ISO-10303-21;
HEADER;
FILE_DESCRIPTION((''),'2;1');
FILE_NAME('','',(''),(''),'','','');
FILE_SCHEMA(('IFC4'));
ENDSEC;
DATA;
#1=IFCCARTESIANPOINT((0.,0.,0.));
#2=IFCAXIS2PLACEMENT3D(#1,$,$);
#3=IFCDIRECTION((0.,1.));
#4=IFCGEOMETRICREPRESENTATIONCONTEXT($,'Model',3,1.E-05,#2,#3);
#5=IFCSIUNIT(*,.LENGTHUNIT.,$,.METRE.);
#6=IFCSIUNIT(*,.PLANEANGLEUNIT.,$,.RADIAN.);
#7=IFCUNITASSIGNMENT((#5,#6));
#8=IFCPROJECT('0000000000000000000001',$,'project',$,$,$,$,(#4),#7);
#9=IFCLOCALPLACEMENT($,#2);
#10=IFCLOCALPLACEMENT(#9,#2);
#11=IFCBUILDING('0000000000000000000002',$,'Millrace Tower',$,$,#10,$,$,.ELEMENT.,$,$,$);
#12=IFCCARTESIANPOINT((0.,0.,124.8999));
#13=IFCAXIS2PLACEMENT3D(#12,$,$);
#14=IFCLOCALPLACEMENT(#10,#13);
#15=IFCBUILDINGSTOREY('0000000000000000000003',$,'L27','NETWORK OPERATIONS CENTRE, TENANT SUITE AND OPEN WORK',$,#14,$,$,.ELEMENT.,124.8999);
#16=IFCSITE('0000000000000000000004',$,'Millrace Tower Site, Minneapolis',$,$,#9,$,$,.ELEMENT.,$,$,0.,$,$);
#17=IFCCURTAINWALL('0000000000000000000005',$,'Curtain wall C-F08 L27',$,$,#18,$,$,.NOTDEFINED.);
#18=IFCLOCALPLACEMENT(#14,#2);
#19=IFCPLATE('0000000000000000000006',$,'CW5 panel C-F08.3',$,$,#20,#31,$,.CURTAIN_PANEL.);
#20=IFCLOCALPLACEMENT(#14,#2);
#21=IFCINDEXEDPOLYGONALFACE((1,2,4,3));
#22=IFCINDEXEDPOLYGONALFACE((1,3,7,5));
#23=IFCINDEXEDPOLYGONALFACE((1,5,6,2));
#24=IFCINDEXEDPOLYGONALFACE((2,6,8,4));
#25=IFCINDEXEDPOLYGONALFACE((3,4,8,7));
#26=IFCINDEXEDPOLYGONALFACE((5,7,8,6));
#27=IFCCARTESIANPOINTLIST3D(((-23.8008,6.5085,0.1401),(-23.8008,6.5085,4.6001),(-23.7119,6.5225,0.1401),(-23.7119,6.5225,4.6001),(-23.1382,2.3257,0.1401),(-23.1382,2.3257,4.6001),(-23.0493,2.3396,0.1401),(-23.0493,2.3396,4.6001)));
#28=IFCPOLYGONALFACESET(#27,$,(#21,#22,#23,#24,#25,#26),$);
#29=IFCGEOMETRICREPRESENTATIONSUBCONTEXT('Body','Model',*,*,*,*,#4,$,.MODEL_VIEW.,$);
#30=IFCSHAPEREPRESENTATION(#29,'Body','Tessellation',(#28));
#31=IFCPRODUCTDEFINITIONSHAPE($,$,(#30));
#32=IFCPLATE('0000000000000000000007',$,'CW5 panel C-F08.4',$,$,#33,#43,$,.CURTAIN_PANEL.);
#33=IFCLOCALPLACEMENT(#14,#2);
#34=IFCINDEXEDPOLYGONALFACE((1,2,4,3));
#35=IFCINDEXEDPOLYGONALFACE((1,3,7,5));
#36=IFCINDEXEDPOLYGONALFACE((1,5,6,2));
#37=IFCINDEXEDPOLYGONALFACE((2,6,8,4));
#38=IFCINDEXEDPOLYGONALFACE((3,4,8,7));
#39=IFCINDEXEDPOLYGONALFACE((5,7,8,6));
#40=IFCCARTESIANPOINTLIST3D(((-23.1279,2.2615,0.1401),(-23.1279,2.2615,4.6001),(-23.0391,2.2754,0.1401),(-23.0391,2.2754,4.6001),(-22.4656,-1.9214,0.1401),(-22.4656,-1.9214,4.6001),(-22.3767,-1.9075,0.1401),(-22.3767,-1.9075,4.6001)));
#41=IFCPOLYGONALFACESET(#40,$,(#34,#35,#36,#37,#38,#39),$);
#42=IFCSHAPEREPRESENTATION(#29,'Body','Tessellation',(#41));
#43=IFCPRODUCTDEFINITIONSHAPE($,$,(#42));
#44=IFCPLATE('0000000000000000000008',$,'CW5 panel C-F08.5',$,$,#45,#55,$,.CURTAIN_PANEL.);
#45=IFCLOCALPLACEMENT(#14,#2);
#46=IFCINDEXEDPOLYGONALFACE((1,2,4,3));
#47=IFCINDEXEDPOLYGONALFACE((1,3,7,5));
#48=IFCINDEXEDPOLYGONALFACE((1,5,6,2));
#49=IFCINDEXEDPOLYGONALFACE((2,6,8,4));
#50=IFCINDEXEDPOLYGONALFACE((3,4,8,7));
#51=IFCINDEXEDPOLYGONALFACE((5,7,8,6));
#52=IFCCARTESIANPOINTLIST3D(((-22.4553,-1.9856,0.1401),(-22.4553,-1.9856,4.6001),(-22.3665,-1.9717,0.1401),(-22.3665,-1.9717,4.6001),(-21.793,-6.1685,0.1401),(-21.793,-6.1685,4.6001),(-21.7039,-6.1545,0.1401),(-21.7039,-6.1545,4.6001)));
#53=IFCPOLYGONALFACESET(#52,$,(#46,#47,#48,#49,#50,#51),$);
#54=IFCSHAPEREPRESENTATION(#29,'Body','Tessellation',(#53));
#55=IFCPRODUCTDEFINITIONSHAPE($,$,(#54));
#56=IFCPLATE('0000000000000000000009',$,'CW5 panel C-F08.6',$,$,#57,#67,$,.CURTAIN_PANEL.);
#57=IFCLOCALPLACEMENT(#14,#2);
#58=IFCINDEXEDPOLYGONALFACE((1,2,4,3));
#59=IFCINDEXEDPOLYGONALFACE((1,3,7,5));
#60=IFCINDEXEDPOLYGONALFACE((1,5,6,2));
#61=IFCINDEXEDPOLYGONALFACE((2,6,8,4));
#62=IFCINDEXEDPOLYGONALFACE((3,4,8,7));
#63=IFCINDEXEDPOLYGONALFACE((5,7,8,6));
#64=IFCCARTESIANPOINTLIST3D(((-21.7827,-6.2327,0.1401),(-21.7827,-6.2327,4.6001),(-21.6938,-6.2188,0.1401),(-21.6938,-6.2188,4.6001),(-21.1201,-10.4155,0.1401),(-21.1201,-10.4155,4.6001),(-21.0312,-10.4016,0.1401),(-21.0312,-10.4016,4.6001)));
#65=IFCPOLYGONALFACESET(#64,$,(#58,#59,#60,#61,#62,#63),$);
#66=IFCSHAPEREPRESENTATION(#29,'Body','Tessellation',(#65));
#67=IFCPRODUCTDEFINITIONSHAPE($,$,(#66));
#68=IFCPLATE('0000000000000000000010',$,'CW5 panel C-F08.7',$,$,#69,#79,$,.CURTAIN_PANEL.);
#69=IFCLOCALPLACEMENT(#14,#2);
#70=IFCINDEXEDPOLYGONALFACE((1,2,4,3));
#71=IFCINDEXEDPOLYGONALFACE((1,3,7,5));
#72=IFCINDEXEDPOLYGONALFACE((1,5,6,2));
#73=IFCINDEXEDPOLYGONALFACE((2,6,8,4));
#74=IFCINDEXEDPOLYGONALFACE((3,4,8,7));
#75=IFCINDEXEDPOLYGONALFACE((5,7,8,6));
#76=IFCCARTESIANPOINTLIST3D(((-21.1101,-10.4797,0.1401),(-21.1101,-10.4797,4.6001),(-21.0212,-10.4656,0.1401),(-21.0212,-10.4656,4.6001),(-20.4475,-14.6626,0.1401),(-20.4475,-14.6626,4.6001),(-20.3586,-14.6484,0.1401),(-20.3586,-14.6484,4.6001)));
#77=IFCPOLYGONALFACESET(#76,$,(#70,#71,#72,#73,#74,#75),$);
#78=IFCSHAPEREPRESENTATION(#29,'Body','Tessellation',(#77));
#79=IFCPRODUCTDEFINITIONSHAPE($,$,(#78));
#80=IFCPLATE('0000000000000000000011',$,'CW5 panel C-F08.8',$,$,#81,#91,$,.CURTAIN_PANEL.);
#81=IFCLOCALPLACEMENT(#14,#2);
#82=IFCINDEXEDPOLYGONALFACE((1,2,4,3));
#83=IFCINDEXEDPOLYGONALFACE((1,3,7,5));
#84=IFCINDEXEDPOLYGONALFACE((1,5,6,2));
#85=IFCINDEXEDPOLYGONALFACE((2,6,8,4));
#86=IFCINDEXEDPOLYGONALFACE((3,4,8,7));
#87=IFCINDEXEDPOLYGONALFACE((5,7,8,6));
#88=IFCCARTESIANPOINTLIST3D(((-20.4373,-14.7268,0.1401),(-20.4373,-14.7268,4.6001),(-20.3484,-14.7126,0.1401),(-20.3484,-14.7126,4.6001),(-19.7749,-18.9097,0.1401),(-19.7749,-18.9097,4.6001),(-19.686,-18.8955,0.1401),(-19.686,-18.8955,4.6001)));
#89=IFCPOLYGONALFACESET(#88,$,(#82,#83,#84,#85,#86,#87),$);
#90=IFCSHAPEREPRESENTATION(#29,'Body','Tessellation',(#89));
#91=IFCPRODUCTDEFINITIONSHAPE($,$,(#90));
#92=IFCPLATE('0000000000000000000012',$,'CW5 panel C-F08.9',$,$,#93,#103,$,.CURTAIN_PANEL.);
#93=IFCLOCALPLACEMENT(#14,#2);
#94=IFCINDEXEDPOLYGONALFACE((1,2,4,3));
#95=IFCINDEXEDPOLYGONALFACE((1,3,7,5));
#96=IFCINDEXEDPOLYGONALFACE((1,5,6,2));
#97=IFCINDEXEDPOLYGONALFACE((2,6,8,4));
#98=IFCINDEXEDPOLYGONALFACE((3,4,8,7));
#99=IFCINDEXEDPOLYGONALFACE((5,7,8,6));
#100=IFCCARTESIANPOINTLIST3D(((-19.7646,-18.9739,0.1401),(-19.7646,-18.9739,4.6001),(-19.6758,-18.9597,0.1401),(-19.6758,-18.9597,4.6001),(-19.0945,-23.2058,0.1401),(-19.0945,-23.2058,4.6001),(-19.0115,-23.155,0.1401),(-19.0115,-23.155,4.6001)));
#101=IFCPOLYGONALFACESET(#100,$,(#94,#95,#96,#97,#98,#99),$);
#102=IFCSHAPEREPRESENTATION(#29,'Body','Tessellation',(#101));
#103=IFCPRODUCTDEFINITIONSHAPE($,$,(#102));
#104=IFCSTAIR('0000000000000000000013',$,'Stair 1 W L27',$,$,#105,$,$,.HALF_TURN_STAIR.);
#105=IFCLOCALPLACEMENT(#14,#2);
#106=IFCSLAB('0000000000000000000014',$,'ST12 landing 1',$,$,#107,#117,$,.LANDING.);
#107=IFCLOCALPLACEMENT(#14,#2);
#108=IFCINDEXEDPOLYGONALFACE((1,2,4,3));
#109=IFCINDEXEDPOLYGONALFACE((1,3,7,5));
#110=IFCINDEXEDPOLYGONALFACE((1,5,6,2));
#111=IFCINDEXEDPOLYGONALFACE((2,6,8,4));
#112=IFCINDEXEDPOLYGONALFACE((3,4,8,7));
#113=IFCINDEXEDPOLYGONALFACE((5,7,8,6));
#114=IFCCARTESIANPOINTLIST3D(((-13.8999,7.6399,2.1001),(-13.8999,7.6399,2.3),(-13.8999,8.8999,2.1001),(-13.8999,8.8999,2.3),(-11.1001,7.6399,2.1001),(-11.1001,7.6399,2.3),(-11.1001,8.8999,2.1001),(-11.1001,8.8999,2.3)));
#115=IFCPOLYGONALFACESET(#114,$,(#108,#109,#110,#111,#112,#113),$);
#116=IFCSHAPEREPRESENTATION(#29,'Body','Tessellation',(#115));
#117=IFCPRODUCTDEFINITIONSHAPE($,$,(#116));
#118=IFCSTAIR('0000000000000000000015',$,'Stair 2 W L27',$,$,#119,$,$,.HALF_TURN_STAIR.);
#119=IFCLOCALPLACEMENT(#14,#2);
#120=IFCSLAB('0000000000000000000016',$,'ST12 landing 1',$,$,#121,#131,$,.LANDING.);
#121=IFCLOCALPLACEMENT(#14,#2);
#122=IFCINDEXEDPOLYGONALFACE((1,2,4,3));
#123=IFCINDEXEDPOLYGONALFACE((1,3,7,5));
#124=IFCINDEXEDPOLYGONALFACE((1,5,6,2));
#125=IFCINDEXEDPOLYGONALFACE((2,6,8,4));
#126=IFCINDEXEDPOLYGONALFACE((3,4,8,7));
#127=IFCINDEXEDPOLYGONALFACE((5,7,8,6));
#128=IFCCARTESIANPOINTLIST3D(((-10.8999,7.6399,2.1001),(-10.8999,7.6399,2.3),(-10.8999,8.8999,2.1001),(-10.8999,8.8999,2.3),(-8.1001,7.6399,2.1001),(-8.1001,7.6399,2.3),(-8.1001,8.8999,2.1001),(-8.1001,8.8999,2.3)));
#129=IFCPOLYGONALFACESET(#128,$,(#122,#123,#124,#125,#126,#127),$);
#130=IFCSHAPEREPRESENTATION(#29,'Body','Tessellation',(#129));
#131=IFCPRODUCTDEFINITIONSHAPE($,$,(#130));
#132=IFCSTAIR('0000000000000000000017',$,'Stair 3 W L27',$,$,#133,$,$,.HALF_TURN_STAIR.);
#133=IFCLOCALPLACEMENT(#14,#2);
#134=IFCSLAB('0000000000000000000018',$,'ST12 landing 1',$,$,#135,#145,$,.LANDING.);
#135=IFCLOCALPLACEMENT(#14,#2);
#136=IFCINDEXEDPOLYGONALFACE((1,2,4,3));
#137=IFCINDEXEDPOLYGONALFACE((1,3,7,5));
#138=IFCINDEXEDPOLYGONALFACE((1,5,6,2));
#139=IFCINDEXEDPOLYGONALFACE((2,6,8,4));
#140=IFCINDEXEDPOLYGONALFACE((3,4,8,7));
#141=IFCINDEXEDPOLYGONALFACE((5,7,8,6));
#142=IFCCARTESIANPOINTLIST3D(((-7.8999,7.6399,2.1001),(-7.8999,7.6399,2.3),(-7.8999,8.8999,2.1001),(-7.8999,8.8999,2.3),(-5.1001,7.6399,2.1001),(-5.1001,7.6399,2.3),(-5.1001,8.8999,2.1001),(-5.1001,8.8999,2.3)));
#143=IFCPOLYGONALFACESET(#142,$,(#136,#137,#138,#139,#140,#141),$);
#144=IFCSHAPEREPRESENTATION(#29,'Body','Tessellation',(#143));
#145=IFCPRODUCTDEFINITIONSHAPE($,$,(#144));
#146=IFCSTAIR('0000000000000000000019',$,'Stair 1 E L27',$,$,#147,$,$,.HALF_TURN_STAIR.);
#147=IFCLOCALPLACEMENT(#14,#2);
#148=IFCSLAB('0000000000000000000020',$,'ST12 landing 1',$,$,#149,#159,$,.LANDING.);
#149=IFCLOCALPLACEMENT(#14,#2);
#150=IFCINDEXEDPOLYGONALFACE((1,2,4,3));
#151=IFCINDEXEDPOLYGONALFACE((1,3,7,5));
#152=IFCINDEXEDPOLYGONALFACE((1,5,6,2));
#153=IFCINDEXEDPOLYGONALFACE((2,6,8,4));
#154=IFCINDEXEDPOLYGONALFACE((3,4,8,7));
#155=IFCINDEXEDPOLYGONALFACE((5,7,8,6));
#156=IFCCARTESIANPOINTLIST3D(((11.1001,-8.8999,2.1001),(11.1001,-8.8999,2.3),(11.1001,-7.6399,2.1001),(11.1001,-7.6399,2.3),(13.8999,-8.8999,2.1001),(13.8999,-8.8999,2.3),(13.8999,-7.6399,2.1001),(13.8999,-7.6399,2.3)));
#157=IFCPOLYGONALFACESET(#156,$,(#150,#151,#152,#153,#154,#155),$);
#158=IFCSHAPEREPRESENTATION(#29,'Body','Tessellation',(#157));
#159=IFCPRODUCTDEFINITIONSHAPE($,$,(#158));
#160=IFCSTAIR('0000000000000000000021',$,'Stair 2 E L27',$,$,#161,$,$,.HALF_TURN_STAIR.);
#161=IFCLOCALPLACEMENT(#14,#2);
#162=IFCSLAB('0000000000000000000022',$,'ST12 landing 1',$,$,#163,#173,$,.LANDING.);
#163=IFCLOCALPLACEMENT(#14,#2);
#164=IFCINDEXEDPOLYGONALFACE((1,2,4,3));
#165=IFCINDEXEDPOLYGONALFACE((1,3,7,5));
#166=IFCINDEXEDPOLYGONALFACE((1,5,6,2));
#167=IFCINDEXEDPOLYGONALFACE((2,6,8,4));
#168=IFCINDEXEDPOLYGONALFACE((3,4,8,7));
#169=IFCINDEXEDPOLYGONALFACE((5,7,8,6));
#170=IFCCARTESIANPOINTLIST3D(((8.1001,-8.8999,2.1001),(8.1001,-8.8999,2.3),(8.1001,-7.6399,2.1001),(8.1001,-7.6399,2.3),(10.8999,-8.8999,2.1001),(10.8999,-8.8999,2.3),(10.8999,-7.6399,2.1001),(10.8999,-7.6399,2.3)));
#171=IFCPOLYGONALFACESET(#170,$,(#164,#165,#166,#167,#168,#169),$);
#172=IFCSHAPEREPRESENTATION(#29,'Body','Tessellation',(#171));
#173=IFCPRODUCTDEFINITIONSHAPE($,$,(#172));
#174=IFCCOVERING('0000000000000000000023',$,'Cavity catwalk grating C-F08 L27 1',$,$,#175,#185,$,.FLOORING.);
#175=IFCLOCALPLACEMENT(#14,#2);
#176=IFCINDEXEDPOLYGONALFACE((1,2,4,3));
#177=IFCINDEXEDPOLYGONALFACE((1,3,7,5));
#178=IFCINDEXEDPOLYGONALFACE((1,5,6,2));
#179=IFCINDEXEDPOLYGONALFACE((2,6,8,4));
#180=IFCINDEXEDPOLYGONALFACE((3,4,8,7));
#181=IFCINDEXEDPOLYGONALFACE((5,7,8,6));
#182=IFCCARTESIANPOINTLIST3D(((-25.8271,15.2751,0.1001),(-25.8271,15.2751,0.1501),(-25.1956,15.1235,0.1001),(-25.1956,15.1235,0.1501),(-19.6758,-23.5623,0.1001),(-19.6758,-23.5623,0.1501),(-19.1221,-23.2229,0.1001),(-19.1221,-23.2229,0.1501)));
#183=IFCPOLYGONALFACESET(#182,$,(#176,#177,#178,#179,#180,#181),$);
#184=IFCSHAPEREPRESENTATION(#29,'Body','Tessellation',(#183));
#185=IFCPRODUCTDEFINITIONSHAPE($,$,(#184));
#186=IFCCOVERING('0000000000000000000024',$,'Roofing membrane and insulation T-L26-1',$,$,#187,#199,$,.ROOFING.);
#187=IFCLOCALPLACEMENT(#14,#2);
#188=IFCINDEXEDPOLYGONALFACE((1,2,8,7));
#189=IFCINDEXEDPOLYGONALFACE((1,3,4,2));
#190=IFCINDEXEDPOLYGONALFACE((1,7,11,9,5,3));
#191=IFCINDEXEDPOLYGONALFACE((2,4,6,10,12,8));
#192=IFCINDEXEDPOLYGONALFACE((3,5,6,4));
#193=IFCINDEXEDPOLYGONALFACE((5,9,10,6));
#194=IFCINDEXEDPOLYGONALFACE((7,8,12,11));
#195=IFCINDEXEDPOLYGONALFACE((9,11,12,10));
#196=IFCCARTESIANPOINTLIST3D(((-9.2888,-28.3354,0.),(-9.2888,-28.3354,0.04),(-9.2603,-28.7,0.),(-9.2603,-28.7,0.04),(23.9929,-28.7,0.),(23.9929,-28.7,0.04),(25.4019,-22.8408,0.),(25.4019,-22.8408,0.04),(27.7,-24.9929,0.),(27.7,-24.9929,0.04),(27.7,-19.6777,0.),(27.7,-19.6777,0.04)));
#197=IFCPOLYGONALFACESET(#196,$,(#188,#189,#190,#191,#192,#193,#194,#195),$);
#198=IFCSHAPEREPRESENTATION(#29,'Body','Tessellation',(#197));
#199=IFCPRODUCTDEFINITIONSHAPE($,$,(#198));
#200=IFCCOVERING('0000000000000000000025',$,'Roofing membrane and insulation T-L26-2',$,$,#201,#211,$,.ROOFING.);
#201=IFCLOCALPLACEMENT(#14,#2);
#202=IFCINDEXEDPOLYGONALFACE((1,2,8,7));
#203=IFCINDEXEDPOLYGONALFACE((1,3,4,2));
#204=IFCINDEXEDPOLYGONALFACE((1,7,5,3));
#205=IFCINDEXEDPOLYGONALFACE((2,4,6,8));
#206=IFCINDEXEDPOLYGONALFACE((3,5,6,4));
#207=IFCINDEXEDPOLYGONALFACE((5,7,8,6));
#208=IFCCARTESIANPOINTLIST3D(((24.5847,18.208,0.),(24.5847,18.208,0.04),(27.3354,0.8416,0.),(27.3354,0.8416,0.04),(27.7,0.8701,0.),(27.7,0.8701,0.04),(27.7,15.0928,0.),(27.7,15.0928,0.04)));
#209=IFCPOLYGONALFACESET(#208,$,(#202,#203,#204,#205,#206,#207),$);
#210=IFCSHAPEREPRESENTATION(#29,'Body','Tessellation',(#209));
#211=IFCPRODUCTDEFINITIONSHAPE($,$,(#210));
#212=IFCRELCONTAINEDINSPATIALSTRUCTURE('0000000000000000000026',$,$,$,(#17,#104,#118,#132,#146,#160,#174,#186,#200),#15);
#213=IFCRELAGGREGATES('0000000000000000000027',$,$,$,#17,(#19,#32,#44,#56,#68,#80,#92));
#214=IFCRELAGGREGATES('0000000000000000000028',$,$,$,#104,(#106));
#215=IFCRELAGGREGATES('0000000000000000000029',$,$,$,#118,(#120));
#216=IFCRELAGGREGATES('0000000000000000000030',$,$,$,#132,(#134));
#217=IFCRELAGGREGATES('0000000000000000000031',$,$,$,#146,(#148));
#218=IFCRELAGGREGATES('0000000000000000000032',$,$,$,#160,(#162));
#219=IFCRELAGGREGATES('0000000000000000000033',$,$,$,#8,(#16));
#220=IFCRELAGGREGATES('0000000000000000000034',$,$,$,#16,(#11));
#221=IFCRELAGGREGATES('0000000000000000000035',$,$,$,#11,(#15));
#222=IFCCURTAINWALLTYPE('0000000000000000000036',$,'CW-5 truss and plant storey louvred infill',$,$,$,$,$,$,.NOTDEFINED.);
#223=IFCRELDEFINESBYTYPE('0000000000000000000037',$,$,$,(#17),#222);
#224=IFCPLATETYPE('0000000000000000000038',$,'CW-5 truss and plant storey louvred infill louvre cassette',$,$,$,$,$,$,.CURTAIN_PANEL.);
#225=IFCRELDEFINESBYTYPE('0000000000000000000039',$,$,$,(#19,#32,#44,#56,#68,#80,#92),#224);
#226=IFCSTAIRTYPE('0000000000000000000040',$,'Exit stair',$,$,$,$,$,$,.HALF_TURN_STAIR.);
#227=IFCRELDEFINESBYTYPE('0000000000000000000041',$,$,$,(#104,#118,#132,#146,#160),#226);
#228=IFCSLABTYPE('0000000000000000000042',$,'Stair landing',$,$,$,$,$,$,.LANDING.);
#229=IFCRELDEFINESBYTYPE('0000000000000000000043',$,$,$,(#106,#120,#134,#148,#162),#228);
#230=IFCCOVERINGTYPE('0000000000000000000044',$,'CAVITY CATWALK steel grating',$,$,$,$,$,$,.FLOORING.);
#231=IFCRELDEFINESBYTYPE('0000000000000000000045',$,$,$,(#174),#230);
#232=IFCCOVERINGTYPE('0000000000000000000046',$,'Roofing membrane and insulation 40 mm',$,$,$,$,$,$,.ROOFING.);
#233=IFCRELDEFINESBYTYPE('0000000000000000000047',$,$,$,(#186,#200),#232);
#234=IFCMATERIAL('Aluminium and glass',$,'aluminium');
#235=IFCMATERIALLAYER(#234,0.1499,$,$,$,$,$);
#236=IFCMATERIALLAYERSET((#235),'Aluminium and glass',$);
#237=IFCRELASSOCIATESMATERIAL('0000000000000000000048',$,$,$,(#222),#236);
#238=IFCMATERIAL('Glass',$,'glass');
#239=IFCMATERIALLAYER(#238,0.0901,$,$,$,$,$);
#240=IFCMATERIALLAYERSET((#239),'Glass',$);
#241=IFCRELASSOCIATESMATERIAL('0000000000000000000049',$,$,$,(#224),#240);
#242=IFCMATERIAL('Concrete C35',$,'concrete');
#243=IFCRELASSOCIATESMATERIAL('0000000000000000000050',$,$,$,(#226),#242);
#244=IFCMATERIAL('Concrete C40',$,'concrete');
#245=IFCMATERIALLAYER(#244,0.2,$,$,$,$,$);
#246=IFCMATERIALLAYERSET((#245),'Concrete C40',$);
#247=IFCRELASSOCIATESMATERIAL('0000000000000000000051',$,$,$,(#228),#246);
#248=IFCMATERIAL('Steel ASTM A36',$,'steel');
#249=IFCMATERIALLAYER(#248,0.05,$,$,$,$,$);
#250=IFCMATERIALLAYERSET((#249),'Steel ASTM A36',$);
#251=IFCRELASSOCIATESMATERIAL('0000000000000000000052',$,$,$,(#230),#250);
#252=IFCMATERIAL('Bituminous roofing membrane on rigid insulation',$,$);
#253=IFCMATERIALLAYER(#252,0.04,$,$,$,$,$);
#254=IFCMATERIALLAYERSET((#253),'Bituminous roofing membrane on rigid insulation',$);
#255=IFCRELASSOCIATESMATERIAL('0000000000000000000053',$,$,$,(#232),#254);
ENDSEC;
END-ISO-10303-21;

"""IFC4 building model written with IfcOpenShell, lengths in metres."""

from ifc_helpers import new_model, si_unit, direction, frame, origin, place, context, subcontext, project, spatial, polyline, outline, extrude, material, layer, layer_set, type_object, element, aggregate, save


model = new_model("IFC4")

# Units and contexts
model_context = context("Model", 3, precision=1e-05, world=origin(), true_north=direction((0.0, 1.0)))
body_context = subcontext(model_context, "Body", "Model", "MODEL_VIEW")
ifc_project = project(units=[si_unit("LENGTHUNIT", "METRE"), si_unit("PLANEANGLEUNIT", "RADIAN")], contexts=[model_context])

# Site, building, storey
site_placement = place(None, origin())
site = spatial("IfcSite", under=ifc_project, at=site_placement, Name="Millrace Tower Site, Minneapolis", CompositionType="ELEMENT", RefElevation=0.0)
building_placement = place(site_placement, origin())
building = spatial("IfcBuilding", under=site, at=building_placement, Name="Millrace Tower", CompositionType="ELEMENT")
storey_placement = place(building_placement, frame((0.0, 0.0, 124.8999)))
storey = spatial("IfcBuildingStorey", under=building, at=storey_placement, Name="L27", Description="NETWORK OPERATIONS CENTRE, TENANT SUITE AND OPEN WORK", CompositionType="ELEMENT", Elevation=124.8999)

# Curtain wall, plates
ifc_material_1 = material(Name="Aluminium and glass", Category="aluminium")
ifc_layer_1 = layer(ifc_material_1, 0.1499)
ifc_layer_set_1 = layer_set([ifc_layer_1], Name="Aluminium and glass")
curtain_wall_type = type_object("IfcCurtainWallType", Name="CW-5 truss and plant storey louvred infill", PredefinedType="NOTDEFINED", material=ifc_layer_set_1)
placement_1 = place(storey_placement, origin())
curtain_wall = element("IfcCurtainWall", 1, at=placement_1, inside=storey, type_object=curtain_wall_type, Name="Curtain wall C-F08 L27", PredefinedType="NOTDEFINED")
ifc_material_2 = material(Name="Glass", Category="glass")
ifc_layer_2 = layer(ifc_material_2, 0.0901)
ifc_layer_set_2 = layer_set([ifc_layer_2], Name="Glass")
plate_type = type_object("IfcPlateType", Name="CW-5 truss and plant storey louvred infill louvre cassette", PredefinedType="CURTAIN_PANEL", material=ifc_layer_set_2)
placement_2 = place(storey_placement, frame((0.0, 0.0, 0.1401)))
plate_1 = element("IfcPlate", 2, at=placement_2, type_object=plate_type, Name="CW5 panel C-F08.3", PredefinedType="CURTAIN_PANEL", context=body_context, shape_type="SweptSolid", body=[
    extrude(outline(polyline([(-23.8008, 6.5085), (-23.1382, 2.3257), (-23.0493, 2.3396), (-23.7119, 6.5225), (-23.8008, 6.5085)])), origin(), (0.0, 0.0, 1.0), 4.46),
])
plate_2 = element("IfcPlate", 3, at=placement_2, type_object=plate_type, Name="CW5 panel C-F08.4", PredefinedType="CURTAIN_PANEL", context=body_context, shape_type="SweptSolid", body=[
    extrude(outline(polyline([(-23.1279, 2.2615), (-22.4656, -1.9214), (-22.3767, -1.9075), (-23.0391, 2.2754), (-23.1279, 2.2615)])), origin(), (0.0, 0.0, 1.0), 4.46),
])
plate_3 = element("IfcPlate", 4, at=placement_2, type_object=plate_type, Name="CW5 panel C-F08.5", PredefinedType="CURTAIN_PANEL", context=body_context, shape_type="SweptSolid", body=[
    extrude(outline(polyline([(-22.4553, -1.9856), (-21.793, -6.1685), (-21.7039, -6.1545), (-22.3665, -1.9717), (-22.4553, -1.9856)])), origin(), (0.0, 0.0, 1.0), 4.46),
])
plate_4 = element("IfcPlate", 5, at=placement_2, type_object=plate_type, Name="CW5 panel C-F08.6", PredefinedType="CURTAIN_PANEL", context=body_context, shape_type="SweptSolid", body=[
    extrude(outline(polyline([(-21.7827, -6.2327), (-21.1201, -10.4155), (-21.0312, -10.4016), (-21.6938, -6.2188), (-21.7827, -6.2327)])), origin(), (0.0, 0.0, 1.0), 4.46),
])
plate_5 = element("IfcPlate", 6, at=placement_2, type_object=plate_type, Name="CW5 panel C-F08.7", PredefinedType="CURTAIN_PANEL", context=body_context, shape_type="SweptSolid", body=[
    extrude(outline(polyline([(-21.1101, -10.4797), (-20.4475, -14.6626), (-20.3586, -14.6484), (-21.0212, -10.4656), (-21.1101, -10.4797)])), origin(), (0.0, 0.0, 1.0), 4.46),
])
plate_6 = element("IfcPlate", 7, at=placement_2, type_object=plate_type, Name="CW5 panel C-F08.8", PredefinedType="CURTAIN_PANEL", context=body_context, shape_type="SweptSolid", body=[
    extrude(outline(polyline([(-20.4373, -14.7268), (-19.7749, -18.9097), (-19.686, -18.8955), (-20.3484, -14.7126), (-20.4373, -14.7268)])), origin(), (0.0, 0.0, 1.0), 4.46),
])
plate_7 = element("IfcPlate", 8, at=placement_2, type_object=plate_type, Name="CW5 panel C-F08.9", PredefinedType="CURTAIN_PANEL", context=body_context, shape_type="SweptSolid", body=[
    extrude(outline(polyline([(-19.7646, -18.9739), (-19.0945, -23.2058), (-19.0115, -23.155), (-19.6758, -18.9597), (-19.7646, -18.9739)])), origin(), (0.0, 0.0, 1.0), 4.46),
])
aggregate(curtain_wall, [plate_1, plate_2, plate_3, plate_4, plate_5, plate_6, plate_7])

# Stairs, slabs
ifc_material_3 = material(Name="Concrete C35", Category="concrete")
stair_type = type_object("IfcStairType", Name="Exit stair", PredefinedType="HALF_TURN_STAIR", material=ifc_material_3)
stair_1 = element("IfcStair", 9, at=placement_1, inside=storey, type_object=stair_type, Name="Stair 1 W L27", PredefinedType="HALF_TURN_STAIR")
ifc_material_4 = material(Name="Concrete C40", Category="concrete")
ifc_layer_3 = layer(ifc_material_4, 0.2)
ifc_layer_set_3 = layer_set([ifc_layer_3], Name="Concrete C40")
slab_type = type_object("IfcSlabType", Name="Stair landing", PredefinedType="LANDING", material=ifc_layer_set_3)
placement_3 = place(storey_placement, frame((0.0, 0.0, 2.1001)))
slab_1 = element("IfcSlab", 10, at=placement_3, type_object=slab_type, Name="ST12 landing 1", PredefinedType="LANDING", context=body_context, shape_type="SweptSolid", body=[
    extrude(outline(polyline([(-13.8999, 7.6399), (-11.1001, 7.6399), (-11.1001, 8.8999), (-13.8999, 8.8999), (-13.8999, 7.6399)])), origin(), (0.0, 0.0, 1.0), 0.2),
])
aggregate(stair_1, [slab_1])
stair_2 = element("IfcStair", 11, at=placement_1, inside=storey, type_object=stair_type, Name="Stair 2 W L27", PredefinedType="HALF_TURN_STAIR")
slab_2 = element("IfcSlab", 12, at=placement_3, type_object=slab_type, Name="ST12 landing 1", PredefinedType="LANDING", context=body_context, shape_type="SweptSolid", body=[
    extrude(outline(polyline([(-10.8999, 7.6399), (-8.1001, 7.6399), (-8.1001, 8.8999), (-10.8999, 8.8999), (-10.8999, 7.6399)])), origin(), (0.0, 0.0, 1.0), 0.2),
])
aggregate(stair_2, [slab_2])
stair_3 = element("IfcStair", 13, at=placement_1, inside=storey, type_object=stair_type, Name="Stair 3 W L27", PredefinedType="HALF_TURN_STAIR")
slab_3 = element("IfcSlab", 14, at=placement_3, type_object=slab_type, Name="ST12 landing 1", PredefinedType="LANDING", context=body_context, shape_type="SweptSolid", body=[
    extrude(outline(polyline([(-7.8999, 7.6399), (-5.1001, 7.6399), (-5.1001, 8.8999), (-7.8999, 8.8999), (-7.8999, 7.6399)])), origin(), (0.0, 0.0, 1.0), 0.2),
])
aggregate(stair_3, [slab_3])
stair_4 = element("IfcStair", 15, at=placement_1, inside=storey, type_object=stair_type, Name="Stair 1 E L27", PredefinedType="HALF_TURN_STAIR")
slab_4 = element("IfcSlab", 16, at=placement_3, type_object=slab_type, Name="ST12 landing 1", PredefinedType="LANDING", context=body_context, shape_type="SweptSolid", body=[
    extrude(outline(polyline([(11.1001, -8.8999), (13.8999, -8.8999), (13.8999, -7.6399), (11.1001, -7.6399), (11.1001, -8.8999)])), origin(), (0.0, 0.0, 1.0), 0.2),
])
aggregate(stair_4, [slab_4])
stair_5 = element("IfcStair", 17, at=placement_1, inside=storey, type_object=stair_type, Name="Stair 2 E L27", PredefinedType="HALF_TURN_STAIR")
slab_5 = element("IfcSlab", 18, at=placement_3, type_object=slab_type, Name="ST12 landing 1", PredefinedType="LANDING", context=body_context, shape_type="SweptSolid", body=[
    extrude(outline(polyline([(8.1001, -8.8999), (10.8999, -8.8999), (10.8999, -7.6399), (8.1001, -7.6399), (8.1001, -8.8999)])), origin(), (0.0, 0.0, 1.0), 0.2),
])
aggregate(stair_5, [slab_5])

# Coverings
ifc_material_5 = material(Name="Steel ASTM A36", Category="steel")
ifc_layer_4 = layer(ifc_material_5, 0.05)
ifc_layer_set_4 = layer_set([ifc_layer_4], Name="Steel ASTM A36")
covering_type_1 = type_object("IfcCoveringType", Name="CAVITY CATWALK steel grating", PredefinedType="FLOORING", material=ifc_layer_set_4)
covering_1_placement = place(storey_placement, frame((0.0, 0.0, 0.1001)))
element("IfcCovering", 19, at=covering_1_placement, inside=storey, type_object=covering_type_1, Name="Cavity catwalk grating C-F08 L27 1", PredefinedType="FLOORING", context=body_context, shape_type="SweptSolid", body=[
    extrude(outline(polyline([(-25.8271, 15.2751), (-19.6758, -23.5623), (-19.1221, -23.2229), (-25.1956, 15.1235), (-25.8271, 15.2751)])), origin(), (0.0, 0.0, 1.0), 0.05),
])
ifc_material_6 = material(Name="Bituminous roofing membrane on rigid insulation")
ifc_layer_5 = layer(ifc_material_6, 0.04)
ifc_layer_set_5 = layer_set([ifc_layer_5], Name="Bituminous roofing membrane on rigid insulation")
covering_type_2 = type_object("IfcCoveringType", Name="Roofing membrane and insulation 40 mm", PredefinedType="ROOFING", material=ifc_layer_set_5)
element("IfcCovering", 20, at=placement_1, inside=storey, type_object=covering_type_2, Name="Roofing membrane and insulation T-L26-1", PredefinedType="ROOFING", context=body_context, shape_type="SweptSolid", body=[
    extrude(outline(polyline([(27.7, -19.6777), (25.4019, -22.8408), (-9.2888, -28.3354), (-9.2603, -28.7), (23.9929, -28.7), (27.7, -24.9929), (27.7, -19.6777)])), origin(), (0.0, 0.0, 1.0), 0.04),
])
element("IfcCovering", 21, at=placement_1, inside=storey, type_object=covering_type_2, Name="Roofing membrane and insulation T-L26-2", PredefinedType="ROOFING", context=body_context, shape_type="SweptSolid", body=[
    extrude(outline(polyline([(24.5847, 18.208), (27.3354, 0.8416), (27.7, 0.8701), (27.7, 15.0928), (24.5847, 18.208)])), origin(), (0.0, 0.0, 1.0), 0.04),
])

save(model, "model.ifc")
